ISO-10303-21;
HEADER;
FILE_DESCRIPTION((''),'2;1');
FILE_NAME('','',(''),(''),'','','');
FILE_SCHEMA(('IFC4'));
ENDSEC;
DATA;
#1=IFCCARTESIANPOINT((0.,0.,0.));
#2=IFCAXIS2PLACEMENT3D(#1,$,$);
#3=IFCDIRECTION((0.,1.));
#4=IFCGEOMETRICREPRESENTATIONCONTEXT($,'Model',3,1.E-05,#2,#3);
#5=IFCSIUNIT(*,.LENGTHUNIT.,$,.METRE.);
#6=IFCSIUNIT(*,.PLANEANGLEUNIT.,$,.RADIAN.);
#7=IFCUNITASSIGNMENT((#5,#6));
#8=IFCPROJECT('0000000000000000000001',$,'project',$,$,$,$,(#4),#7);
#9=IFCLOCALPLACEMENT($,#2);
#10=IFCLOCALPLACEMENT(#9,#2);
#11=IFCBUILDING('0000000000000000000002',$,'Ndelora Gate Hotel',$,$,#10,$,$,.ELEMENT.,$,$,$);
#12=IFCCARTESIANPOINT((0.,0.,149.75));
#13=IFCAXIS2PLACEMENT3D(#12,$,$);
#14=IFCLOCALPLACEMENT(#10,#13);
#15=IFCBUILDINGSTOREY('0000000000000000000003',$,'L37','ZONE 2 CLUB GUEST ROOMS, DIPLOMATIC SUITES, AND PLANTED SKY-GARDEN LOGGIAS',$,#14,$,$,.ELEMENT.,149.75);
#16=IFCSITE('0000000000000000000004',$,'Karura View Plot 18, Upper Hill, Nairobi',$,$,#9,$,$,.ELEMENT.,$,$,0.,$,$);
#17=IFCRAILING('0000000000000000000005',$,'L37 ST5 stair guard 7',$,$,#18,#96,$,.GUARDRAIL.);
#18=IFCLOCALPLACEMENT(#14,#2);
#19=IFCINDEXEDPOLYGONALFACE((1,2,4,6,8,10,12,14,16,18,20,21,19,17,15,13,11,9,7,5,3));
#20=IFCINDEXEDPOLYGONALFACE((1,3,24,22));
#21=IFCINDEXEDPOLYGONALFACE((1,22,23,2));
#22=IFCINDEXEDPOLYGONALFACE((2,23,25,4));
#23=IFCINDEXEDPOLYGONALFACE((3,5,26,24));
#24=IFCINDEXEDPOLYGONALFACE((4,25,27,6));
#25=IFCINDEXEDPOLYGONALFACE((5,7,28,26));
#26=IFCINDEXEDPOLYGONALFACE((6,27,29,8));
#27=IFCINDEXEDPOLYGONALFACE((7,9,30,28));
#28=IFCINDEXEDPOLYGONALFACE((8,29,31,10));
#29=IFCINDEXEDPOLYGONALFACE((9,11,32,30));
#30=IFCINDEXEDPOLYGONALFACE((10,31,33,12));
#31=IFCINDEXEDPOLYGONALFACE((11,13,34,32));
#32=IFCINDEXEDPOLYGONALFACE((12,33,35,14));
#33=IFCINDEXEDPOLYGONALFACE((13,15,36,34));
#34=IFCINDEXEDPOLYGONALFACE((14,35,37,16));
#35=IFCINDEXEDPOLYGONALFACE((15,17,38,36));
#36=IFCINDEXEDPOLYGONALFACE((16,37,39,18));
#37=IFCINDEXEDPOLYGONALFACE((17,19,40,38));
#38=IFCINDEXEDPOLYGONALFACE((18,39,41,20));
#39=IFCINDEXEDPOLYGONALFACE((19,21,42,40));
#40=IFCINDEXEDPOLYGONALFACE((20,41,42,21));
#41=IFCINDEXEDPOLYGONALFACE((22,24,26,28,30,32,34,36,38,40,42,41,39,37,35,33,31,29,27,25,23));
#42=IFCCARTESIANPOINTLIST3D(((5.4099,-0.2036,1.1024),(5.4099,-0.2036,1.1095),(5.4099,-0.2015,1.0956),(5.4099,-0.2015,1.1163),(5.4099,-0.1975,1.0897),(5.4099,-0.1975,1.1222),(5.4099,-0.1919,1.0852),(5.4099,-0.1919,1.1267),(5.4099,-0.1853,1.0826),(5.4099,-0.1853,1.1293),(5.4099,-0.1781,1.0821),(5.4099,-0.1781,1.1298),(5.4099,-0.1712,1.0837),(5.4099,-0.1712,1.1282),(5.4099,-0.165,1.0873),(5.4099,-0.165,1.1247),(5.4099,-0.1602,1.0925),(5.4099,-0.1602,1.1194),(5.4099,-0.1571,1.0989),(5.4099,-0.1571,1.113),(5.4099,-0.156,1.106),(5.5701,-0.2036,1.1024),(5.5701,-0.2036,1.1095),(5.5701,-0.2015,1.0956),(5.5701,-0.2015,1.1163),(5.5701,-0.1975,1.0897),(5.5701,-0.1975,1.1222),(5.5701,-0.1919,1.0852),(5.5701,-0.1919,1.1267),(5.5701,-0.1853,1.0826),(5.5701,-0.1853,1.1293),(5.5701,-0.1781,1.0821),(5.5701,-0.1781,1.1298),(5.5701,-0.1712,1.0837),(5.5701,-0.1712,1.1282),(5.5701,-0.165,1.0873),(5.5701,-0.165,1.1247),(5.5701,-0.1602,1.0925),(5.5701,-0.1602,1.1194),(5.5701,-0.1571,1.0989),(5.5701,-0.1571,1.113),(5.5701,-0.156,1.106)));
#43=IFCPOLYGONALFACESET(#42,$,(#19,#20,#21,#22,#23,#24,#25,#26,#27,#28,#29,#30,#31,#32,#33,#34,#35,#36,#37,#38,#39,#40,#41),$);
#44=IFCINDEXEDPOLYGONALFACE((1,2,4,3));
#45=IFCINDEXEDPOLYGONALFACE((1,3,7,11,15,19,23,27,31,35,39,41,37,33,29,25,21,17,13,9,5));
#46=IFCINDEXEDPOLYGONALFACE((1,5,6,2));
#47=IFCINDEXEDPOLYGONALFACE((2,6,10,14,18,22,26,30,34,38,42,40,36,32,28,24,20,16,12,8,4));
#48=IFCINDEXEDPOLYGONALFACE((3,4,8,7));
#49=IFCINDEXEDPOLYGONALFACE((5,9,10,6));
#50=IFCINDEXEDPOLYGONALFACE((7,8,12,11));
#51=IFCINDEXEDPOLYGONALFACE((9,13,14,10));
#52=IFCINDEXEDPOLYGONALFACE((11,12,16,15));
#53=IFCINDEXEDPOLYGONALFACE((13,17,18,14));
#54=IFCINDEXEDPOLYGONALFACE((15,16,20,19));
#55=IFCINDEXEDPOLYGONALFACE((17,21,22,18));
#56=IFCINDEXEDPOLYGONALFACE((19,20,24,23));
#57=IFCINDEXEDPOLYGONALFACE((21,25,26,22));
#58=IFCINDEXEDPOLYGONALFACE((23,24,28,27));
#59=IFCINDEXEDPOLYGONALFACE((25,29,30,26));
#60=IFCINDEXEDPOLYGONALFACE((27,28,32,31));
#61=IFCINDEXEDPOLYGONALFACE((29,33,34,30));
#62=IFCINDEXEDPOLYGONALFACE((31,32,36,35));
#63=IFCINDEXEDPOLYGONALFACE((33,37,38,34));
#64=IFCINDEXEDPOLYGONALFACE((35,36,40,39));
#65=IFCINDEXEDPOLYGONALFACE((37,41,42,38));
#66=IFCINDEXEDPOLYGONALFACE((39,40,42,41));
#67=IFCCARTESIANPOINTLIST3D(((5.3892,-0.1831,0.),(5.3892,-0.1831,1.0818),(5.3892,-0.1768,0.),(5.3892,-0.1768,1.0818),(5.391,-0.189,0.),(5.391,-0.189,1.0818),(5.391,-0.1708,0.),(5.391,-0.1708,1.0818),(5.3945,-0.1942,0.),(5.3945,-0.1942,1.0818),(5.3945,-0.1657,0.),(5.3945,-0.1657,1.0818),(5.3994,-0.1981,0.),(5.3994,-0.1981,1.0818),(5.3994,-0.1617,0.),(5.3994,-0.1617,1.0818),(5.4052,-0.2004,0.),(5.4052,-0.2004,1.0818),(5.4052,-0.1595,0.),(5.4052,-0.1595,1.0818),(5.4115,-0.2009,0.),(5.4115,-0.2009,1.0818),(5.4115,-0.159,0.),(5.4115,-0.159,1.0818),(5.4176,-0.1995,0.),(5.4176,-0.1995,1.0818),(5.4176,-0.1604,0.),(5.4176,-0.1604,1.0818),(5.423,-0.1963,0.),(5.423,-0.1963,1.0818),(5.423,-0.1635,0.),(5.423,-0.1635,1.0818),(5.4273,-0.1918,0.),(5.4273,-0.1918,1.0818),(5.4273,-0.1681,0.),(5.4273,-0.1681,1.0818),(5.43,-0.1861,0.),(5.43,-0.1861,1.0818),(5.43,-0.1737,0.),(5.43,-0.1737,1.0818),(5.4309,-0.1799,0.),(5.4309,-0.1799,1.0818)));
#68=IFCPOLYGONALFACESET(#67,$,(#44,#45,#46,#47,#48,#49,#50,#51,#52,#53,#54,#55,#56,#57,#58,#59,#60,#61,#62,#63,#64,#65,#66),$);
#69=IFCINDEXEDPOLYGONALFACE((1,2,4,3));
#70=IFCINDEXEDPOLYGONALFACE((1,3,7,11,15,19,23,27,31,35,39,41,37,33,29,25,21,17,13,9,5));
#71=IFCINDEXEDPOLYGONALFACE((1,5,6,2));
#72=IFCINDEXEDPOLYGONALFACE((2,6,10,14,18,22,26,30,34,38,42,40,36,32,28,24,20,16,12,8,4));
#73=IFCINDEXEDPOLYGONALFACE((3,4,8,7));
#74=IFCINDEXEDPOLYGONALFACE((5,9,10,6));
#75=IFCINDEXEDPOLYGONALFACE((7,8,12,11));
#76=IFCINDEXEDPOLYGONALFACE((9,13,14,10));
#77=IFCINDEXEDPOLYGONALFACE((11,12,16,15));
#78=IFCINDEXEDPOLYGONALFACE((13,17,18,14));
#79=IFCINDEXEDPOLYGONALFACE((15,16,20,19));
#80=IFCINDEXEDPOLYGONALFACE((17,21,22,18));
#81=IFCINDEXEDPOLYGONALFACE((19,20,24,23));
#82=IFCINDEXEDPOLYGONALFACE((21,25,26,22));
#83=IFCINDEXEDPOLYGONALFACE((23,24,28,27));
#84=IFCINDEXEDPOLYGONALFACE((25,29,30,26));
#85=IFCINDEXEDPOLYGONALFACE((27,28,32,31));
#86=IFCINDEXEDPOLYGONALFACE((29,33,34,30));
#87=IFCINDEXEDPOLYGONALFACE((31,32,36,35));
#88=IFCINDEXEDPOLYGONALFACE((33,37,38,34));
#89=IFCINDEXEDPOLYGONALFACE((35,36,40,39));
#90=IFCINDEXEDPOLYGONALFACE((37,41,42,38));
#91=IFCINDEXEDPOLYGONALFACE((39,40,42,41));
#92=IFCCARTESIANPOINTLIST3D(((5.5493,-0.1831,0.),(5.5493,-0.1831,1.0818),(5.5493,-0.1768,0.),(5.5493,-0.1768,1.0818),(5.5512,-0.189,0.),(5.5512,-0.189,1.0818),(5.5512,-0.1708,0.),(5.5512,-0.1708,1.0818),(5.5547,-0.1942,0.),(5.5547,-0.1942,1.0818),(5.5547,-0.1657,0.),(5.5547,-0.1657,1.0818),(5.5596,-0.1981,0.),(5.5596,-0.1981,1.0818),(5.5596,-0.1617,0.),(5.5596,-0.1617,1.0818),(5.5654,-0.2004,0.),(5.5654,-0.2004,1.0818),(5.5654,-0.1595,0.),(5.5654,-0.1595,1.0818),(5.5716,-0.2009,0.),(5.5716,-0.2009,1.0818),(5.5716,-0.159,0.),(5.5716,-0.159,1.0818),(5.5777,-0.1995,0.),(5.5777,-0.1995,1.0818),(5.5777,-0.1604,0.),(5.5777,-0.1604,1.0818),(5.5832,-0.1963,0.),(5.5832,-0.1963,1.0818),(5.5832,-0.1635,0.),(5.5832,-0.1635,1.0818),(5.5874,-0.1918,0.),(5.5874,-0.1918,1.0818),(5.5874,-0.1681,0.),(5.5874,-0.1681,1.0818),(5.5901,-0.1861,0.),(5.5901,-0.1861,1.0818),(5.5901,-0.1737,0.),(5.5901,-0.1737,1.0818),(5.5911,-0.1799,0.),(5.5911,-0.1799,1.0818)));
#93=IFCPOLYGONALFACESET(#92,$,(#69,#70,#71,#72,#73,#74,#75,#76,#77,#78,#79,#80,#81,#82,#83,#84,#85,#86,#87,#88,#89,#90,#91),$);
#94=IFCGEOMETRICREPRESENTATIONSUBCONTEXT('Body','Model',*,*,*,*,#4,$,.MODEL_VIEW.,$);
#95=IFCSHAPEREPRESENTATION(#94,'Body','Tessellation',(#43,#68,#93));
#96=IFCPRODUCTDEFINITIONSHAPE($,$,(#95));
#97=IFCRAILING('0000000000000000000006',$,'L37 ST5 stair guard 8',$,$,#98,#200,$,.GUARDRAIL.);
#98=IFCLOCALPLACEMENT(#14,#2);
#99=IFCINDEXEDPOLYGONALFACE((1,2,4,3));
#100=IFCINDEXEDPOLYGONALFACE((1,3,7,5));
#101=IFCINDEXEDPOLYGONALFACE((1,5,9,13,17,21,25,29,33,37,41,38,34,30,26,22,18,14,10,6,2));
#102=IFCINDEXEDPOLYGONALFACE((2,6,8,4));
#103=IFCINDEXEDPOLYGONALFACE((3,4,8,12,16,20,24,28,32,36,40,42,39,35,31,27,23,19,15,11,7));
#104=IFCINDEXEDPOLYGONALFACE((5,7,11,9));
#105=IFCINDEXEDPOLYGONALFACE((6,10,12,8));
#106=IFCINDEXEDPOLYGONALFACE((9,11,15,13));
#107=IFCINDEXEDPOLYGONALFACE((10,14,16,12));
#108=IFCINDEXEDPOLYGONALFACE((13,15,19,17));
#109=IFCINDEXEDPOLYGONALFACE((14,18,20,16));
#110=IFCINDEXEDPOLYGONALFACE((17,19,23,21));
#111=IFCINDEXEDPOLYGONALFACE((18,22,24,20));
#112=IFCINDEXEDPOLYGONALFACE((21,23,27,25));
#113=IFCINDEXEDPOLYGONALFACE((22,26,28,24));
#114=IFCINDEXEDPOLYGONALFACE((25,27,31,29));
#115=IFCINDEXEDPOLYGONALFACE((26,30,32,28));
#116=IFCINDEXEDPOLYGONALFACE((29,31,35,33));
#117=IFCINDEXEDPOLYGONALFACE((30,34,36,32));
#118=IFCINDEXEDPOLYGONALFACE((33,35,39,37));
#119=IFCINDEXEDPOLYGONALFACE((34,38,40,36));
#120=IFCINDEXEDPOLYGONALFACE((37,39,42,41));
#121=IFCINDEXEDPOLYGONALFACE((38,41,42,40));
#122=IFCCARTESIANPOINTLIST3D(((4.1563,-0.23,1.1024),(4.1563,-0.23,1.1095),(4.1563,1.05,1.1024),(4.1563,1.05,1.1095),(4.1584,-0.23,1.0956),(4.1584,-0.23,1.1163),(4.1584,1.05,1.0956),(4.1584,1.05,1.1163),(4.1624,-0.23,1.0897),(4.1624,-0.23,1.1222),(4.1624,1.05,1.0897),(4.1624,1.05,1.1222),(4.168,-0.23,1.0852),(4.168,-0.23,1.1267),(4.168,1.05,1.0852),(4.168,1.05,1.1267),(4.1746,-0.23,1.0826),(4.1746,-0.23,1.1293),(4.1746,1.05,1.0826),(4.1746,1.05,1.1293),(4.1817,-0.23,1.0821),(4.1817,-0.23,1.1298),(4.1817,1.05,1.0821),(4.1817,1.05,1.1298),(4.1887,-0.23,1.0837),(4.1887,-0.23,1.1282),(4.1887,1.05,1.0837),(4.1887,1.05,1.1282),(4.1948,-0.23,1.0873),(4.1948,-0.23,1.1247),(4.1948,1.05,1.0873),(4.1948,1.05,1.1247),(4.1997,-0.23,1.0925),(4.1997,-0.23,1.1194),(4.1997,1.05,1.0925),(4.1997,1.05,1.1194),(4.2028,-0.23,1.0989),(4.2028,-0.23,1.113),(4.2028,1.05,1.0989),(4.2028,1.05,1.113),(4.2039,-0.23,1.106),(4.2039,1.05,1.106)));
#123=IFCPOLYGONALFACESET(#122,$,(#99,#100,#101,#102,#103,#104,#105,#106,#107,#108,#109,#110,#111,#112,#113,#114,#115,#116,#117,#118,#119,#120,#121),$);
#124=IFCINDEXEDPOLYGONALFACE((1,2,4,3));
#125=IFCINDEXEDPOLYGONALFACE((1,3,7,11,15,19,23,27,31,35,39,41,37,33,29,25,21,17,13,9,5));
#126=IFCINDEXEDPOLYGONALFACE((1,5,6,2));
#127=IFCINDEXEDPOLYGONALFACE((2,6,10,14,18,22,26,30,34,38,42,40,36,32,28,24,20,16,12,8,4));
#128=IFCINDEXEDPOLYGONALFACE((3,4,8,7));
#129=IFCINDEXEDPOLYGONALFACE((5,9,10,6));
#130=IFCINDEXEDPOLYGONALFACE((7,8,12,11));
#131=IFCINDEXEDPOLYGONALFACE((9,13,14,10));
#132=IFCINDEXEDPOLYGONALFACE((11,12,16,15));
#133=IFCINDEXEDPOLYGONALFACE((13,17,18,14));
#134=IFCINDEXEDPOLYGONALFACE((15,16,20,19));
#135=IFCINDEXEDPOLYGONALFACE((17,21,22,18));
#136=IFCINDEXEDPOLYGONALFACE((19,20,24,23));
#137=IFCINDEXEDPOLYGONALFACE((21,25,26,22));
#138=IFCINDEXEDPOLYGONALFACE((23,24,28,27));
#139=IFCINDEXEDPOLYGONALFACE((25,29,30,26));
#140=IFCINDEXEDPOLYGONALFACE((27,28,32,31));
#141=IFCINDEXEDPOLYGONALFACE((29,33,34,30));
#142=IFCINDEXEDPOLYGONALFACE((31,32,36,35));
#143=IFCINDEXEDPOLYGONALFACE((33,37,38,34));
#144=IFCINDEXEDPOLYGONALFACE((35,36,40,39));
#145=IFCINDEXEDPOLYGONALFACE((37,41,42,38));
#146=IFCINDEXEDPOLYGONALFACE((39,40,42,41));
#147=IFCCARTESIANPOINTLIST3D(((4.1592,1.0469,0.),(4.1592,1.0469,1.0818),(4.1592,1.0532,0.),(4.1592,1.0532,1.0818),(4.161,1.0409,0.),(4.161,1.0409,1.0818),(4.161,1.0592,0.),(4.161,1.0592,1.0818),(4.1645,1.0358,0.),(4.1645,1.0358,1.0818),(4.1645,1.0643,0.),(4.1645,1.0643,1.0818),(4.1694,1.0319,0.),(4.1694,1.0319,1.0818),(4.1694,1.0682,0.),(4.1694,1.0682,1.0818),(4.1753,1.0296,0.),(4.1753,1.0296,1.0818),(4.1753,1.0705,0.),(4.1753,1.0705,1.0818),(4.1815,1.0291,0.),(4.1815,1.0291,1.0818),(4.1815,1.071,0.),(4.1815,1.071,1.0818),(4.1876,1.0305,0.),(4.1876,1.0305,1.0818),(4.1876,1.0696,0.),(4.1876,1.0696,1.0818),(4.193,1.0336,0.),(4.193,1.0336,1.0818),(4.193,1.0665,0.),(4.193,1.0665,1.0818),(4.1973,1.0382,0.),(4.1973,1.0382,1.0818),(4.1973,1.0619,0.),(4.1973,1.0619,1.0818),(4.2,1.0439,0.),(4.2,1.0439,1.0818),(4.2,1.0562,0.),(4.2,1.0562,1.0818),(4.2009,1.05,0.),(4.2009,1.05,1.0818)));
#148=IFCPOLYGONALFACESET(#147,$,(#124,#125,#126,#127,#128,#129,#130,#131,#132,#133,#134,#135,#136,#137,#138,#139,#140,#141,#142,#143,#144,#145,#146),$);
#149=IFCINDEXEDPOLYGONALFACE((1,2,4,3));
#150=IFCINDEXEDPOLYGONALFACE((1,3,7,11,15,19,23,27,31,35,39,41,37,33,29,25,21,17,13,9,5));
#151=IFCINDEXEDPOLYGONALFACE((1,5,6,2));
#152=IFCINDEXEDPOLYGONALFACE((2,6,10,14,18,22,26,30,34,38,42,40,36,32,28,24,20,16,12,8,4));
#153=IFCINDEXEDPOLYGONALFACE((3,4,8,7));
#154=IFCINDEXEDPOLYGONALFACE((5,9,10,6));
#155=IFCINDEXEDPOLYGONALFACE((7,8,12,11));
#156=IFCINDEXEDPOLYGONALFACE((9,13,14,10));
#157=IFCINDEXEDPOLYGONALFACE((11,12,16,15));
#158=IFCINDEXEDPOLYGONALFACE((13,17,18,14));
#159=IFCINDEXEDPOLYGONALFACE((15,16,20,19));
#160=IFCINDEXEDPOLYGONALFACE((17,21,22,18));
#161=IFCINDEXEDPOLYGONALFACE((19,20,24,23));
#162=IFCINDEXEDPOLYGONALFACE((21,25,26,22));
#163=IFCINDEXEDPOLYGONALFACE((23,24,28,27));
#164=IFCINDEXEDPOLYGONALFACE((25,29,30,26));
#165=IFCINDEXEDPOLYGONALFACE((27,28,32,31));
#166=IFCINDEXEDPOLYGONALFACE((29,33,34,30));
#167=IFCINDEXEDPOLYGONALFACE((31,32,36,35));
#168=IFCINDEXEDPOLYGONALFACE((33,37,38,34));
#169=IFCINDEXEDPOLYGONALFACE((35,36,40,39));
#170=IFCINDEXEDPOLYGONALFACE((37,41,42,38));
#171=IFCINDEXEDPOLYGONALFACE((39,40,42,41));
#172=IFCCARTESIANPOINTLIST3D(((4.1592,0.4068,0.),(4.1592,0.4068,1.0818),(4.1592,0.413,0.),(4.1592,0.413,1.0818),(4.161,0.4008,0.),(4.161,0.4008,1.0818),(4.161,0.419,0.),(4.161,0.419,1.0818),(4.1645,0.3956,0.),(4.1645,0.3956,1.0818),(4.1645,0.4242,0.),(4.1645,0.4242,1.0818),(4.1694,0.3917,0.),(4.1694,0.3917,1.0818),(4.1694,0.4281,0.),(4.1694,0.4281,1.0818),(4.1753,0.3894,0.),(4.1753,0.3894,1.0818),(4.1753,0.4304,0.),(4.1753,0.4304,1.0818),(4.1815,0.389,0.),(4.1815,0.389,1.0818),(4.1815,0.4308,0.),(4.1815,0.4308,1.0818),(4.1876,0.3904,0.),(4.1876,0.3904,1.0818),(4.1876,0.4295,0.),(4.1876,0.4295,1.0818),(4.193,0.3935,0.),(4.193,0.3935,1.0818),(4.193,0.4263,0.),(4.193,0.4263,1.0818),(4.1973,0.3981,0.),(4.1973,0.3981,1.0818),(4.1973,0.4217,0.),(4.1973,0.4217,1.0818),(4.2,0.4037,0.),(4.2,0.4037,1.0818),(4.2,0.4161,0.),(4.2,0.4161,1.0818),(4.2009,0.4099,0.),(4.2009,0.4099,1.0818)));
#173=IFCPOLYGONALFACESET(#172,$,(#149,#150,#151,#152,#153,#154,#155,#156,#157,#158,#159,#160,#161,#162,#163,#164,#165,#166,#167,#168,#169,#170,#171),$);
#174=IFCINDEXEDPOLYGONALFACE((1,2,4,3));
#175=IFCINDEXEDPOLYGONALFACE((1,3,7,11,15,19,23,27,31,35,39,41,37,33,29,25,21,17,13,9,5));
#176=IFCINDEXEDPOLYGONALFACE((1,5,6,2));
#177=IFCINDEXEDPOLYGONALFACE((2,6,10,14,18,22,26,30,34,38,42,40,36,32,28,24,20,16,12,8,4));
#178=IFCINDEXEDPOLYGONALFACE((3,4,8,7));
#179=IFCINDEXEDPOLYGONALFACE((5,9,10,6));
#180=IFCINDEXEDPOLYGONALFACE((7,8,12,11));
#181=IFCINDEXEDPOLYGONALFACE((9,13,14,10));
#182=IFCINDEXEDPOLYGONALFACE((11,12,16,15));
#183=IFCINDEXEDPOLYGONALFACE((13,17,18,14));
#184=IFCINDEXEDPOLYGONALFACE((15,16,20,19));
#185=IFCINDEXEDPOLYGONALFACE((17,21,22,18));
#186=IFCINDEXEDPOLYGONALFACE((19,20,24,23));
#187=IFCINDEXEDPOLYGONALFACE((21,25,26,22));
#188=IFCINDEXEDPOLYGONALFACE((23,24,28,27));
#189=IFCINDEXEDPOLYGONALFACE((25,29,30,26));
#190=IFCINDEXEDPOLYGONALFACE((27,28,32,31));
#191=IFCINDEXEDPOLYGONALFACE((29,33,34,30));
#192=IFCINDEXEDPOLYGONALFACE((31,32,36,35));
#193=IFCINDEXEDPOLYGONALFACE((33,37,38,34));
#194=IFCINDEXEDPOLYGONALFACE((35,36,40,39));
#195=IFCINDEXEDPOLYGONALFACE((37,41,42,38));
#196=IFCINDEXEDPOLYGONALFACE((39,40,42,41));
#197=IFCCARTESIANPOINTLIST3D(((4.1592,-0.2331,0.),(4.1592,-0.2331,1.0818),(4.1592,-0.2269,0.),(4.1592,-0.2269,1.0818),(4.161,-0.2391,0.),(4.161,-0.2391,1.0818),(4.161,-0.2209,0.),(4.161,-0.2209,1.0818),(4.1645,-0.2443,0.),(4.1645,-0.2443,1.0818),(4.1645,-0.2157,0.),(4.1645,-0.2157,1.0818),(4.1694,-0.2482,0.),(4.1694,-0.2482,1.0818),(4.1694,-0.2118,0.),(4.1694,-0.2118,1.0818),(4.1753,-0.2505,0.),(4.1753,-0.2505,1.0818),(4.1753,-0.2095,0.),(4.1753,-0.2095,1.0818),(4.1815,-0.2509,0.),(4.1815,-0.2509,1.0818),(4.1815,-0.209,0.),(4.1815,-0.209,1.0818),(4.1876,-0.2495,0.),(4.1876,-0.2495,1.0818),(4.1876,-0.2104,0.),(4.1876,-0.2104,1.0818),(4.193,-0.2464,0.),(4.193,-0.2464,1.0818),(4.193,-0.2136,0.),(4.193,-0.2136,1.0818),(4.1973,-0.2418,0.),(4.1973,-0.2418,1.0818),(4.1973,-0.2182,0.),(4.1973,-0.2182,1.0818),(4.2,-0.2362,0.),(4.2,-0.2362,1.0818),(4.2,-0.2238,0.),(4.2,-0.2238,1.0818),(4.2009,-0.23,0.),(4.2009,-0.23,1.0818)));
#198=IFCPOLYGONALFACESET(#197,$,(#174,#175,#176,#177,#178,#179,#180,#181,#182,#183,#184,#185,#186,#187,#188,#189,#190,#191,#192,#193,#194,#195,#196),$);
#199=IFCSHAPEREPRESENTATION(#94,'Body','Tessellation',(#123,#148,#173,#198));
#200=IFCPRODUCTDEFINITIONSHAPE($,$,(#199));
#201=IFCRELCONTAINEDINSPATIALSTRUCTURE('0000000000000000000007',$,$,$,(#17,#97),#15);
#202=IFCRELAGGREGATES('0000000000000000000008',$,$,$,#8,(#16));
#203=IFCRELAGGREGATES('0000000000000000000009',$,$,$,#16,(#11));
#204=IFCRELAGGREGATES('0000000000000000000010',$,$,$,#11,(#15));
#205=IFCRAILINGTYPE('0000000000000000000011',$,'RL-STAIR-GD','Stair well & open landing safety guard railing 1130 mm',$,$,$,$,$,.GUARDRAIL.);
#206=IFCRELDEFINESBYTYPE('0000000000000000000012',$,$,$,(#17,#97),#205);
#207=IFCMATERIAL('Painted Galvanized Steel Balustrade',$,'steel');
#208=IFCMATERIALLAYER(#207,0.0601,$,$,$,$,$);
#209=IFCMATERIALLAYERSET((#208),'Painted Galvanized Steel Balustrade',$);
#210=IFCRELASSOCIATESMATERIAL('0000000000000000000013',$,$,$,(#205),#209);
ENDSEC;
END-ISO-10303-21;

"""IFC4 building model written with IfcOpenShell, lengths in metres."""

from ifc_helpers import new_model, si_unit, direction, frame, origin, origin_2d, place, context, subcontext, project, spatial, circle, extrude, material, layer, layer_set, type_object, element, save


model = new_model("IFC4")

# Units and contexts
model_context = context("Model", 3, precision=1e-05, world=origin(), true_north=direction((0.0, 1.0)))
body_context = subcontext(model_context, "Body", "Model", "MODEL_VIEW")
ifc_project = project(units=[si_unit("LENGTHUNIT", "METRE"), si_unit("PLANEANGLEUNIT", "RADIAN")], contexts=[model_context])

# Site, building, storey
site_placement = place(None, origin())
site = spatial("IfcSite", under=ifc_project, at=site_placement, Name="Karura View Plot 18, Upper Hill, Nairobi", CompositionType="ELEMENT", RefElevation=0.0)
building_placement = place(site_placement, origin())
building = spatial("IfcBuilding", under=site, at=building_placement, Name="Ndelora Gate Hotel", CompositionType="ELEMENT")
storey_placement = place(building_placement, frame((0.0, 0.0, 149.75)))
storey = spatial("IfcBuildingStorey", under=building, at=storey_placement, Name="L37", Description="ZONE 2 CLUB GUEST ROOMS, DIPLOMATIC SUITES, AND PLANTED SKY-GARDEN LOGGIAS", CompositionType="ELEMENT", Elevation=149.75)

# Railings
ifc_material_1 = material(Name="Painted Galvanized Steel Balustrade", Category="steel")
ifc_layer_1 = layer(ifc_material_1, 0.0601)
ifc_layer_set_1 = layer_set([ifc_layer_1], Name="Painted Galvanized Steel Balustrade")
railing_type_1 = type_object("IfcRailingType", Name="RL-STAIR-GD", Description="Stair well & open landing safety guard railing 1130 mm", PredefinedType="GUARDRAIL", material=ifc_layer_set_1)
railing_1_placement = place(storey_placement, frame((5.4099, -0.1799, 0.0)))
element("IfcRailing", 1, at=railing_1_placement, inside=storey, type_object=railing_type_1, Name="L37 ST5 stair guard 7", PredefinedType="GUARDRAIL", context=body_context, shape_type="SweptSolid", body=[
    extrude(circle(Radius=0.0239, at=origin_2d()), frame((0.0, 0.0, 1.106), z_axis=(1.0, 0.0, 0.0), x_axis=(0.0, 1.0, 0.0)), (0.0, 0.0, 1.0), 0.1602),
    extrude(circle(Radius=0.021, at=origin_2d()), origin(), (0.0, 0.0, 1.0), 1.0818),
    extrude(circle(Radius=0.021, at=origin_2d()), frame((0.1602, 0.0, 0.0)), (0.0, 0.0, 1.0), 1.0818),
])
for number, where, name in (
    (2, (4.1799, 1.05, 0.0), "L37 ST5 stair guard 8"),
):
    element("IfcRailing", number, at=place(storey_placement, frame(where)), inside=storey, type_object=railing_type_1, Name=name, PredefinedType="GUARDRAIL", context=body_context, shape_type="SweptSolid", body=[
        extrude(circle(Radius=0.0239, at=origin_2d()), frame((0.0, 0.0, 1.106), z_axis=(0.0, -1.0, 0.0), x_axis=(1.0, 0.0, 0.0)), (0.0, 0.0, 1.0), 1.28),
        extrude(circle(Radius=0.021, at=origin_2d()), origin(), (0.0, 0.0, 1.0), 1.0818),
        extrude(circle(Radius=0.021, at=origin_2d()), frame((0.0, -0.6401, 0.0)), (0.0, 0.0, 1.0), 1.0818),
        extrude(circle(Radius=0.021, at=origin_2d()), frame((0.0, -1.28, 0.0)), (0.0, 0.0, 1.0), 1.0818),
    ])

save(model, "model.ifc")
